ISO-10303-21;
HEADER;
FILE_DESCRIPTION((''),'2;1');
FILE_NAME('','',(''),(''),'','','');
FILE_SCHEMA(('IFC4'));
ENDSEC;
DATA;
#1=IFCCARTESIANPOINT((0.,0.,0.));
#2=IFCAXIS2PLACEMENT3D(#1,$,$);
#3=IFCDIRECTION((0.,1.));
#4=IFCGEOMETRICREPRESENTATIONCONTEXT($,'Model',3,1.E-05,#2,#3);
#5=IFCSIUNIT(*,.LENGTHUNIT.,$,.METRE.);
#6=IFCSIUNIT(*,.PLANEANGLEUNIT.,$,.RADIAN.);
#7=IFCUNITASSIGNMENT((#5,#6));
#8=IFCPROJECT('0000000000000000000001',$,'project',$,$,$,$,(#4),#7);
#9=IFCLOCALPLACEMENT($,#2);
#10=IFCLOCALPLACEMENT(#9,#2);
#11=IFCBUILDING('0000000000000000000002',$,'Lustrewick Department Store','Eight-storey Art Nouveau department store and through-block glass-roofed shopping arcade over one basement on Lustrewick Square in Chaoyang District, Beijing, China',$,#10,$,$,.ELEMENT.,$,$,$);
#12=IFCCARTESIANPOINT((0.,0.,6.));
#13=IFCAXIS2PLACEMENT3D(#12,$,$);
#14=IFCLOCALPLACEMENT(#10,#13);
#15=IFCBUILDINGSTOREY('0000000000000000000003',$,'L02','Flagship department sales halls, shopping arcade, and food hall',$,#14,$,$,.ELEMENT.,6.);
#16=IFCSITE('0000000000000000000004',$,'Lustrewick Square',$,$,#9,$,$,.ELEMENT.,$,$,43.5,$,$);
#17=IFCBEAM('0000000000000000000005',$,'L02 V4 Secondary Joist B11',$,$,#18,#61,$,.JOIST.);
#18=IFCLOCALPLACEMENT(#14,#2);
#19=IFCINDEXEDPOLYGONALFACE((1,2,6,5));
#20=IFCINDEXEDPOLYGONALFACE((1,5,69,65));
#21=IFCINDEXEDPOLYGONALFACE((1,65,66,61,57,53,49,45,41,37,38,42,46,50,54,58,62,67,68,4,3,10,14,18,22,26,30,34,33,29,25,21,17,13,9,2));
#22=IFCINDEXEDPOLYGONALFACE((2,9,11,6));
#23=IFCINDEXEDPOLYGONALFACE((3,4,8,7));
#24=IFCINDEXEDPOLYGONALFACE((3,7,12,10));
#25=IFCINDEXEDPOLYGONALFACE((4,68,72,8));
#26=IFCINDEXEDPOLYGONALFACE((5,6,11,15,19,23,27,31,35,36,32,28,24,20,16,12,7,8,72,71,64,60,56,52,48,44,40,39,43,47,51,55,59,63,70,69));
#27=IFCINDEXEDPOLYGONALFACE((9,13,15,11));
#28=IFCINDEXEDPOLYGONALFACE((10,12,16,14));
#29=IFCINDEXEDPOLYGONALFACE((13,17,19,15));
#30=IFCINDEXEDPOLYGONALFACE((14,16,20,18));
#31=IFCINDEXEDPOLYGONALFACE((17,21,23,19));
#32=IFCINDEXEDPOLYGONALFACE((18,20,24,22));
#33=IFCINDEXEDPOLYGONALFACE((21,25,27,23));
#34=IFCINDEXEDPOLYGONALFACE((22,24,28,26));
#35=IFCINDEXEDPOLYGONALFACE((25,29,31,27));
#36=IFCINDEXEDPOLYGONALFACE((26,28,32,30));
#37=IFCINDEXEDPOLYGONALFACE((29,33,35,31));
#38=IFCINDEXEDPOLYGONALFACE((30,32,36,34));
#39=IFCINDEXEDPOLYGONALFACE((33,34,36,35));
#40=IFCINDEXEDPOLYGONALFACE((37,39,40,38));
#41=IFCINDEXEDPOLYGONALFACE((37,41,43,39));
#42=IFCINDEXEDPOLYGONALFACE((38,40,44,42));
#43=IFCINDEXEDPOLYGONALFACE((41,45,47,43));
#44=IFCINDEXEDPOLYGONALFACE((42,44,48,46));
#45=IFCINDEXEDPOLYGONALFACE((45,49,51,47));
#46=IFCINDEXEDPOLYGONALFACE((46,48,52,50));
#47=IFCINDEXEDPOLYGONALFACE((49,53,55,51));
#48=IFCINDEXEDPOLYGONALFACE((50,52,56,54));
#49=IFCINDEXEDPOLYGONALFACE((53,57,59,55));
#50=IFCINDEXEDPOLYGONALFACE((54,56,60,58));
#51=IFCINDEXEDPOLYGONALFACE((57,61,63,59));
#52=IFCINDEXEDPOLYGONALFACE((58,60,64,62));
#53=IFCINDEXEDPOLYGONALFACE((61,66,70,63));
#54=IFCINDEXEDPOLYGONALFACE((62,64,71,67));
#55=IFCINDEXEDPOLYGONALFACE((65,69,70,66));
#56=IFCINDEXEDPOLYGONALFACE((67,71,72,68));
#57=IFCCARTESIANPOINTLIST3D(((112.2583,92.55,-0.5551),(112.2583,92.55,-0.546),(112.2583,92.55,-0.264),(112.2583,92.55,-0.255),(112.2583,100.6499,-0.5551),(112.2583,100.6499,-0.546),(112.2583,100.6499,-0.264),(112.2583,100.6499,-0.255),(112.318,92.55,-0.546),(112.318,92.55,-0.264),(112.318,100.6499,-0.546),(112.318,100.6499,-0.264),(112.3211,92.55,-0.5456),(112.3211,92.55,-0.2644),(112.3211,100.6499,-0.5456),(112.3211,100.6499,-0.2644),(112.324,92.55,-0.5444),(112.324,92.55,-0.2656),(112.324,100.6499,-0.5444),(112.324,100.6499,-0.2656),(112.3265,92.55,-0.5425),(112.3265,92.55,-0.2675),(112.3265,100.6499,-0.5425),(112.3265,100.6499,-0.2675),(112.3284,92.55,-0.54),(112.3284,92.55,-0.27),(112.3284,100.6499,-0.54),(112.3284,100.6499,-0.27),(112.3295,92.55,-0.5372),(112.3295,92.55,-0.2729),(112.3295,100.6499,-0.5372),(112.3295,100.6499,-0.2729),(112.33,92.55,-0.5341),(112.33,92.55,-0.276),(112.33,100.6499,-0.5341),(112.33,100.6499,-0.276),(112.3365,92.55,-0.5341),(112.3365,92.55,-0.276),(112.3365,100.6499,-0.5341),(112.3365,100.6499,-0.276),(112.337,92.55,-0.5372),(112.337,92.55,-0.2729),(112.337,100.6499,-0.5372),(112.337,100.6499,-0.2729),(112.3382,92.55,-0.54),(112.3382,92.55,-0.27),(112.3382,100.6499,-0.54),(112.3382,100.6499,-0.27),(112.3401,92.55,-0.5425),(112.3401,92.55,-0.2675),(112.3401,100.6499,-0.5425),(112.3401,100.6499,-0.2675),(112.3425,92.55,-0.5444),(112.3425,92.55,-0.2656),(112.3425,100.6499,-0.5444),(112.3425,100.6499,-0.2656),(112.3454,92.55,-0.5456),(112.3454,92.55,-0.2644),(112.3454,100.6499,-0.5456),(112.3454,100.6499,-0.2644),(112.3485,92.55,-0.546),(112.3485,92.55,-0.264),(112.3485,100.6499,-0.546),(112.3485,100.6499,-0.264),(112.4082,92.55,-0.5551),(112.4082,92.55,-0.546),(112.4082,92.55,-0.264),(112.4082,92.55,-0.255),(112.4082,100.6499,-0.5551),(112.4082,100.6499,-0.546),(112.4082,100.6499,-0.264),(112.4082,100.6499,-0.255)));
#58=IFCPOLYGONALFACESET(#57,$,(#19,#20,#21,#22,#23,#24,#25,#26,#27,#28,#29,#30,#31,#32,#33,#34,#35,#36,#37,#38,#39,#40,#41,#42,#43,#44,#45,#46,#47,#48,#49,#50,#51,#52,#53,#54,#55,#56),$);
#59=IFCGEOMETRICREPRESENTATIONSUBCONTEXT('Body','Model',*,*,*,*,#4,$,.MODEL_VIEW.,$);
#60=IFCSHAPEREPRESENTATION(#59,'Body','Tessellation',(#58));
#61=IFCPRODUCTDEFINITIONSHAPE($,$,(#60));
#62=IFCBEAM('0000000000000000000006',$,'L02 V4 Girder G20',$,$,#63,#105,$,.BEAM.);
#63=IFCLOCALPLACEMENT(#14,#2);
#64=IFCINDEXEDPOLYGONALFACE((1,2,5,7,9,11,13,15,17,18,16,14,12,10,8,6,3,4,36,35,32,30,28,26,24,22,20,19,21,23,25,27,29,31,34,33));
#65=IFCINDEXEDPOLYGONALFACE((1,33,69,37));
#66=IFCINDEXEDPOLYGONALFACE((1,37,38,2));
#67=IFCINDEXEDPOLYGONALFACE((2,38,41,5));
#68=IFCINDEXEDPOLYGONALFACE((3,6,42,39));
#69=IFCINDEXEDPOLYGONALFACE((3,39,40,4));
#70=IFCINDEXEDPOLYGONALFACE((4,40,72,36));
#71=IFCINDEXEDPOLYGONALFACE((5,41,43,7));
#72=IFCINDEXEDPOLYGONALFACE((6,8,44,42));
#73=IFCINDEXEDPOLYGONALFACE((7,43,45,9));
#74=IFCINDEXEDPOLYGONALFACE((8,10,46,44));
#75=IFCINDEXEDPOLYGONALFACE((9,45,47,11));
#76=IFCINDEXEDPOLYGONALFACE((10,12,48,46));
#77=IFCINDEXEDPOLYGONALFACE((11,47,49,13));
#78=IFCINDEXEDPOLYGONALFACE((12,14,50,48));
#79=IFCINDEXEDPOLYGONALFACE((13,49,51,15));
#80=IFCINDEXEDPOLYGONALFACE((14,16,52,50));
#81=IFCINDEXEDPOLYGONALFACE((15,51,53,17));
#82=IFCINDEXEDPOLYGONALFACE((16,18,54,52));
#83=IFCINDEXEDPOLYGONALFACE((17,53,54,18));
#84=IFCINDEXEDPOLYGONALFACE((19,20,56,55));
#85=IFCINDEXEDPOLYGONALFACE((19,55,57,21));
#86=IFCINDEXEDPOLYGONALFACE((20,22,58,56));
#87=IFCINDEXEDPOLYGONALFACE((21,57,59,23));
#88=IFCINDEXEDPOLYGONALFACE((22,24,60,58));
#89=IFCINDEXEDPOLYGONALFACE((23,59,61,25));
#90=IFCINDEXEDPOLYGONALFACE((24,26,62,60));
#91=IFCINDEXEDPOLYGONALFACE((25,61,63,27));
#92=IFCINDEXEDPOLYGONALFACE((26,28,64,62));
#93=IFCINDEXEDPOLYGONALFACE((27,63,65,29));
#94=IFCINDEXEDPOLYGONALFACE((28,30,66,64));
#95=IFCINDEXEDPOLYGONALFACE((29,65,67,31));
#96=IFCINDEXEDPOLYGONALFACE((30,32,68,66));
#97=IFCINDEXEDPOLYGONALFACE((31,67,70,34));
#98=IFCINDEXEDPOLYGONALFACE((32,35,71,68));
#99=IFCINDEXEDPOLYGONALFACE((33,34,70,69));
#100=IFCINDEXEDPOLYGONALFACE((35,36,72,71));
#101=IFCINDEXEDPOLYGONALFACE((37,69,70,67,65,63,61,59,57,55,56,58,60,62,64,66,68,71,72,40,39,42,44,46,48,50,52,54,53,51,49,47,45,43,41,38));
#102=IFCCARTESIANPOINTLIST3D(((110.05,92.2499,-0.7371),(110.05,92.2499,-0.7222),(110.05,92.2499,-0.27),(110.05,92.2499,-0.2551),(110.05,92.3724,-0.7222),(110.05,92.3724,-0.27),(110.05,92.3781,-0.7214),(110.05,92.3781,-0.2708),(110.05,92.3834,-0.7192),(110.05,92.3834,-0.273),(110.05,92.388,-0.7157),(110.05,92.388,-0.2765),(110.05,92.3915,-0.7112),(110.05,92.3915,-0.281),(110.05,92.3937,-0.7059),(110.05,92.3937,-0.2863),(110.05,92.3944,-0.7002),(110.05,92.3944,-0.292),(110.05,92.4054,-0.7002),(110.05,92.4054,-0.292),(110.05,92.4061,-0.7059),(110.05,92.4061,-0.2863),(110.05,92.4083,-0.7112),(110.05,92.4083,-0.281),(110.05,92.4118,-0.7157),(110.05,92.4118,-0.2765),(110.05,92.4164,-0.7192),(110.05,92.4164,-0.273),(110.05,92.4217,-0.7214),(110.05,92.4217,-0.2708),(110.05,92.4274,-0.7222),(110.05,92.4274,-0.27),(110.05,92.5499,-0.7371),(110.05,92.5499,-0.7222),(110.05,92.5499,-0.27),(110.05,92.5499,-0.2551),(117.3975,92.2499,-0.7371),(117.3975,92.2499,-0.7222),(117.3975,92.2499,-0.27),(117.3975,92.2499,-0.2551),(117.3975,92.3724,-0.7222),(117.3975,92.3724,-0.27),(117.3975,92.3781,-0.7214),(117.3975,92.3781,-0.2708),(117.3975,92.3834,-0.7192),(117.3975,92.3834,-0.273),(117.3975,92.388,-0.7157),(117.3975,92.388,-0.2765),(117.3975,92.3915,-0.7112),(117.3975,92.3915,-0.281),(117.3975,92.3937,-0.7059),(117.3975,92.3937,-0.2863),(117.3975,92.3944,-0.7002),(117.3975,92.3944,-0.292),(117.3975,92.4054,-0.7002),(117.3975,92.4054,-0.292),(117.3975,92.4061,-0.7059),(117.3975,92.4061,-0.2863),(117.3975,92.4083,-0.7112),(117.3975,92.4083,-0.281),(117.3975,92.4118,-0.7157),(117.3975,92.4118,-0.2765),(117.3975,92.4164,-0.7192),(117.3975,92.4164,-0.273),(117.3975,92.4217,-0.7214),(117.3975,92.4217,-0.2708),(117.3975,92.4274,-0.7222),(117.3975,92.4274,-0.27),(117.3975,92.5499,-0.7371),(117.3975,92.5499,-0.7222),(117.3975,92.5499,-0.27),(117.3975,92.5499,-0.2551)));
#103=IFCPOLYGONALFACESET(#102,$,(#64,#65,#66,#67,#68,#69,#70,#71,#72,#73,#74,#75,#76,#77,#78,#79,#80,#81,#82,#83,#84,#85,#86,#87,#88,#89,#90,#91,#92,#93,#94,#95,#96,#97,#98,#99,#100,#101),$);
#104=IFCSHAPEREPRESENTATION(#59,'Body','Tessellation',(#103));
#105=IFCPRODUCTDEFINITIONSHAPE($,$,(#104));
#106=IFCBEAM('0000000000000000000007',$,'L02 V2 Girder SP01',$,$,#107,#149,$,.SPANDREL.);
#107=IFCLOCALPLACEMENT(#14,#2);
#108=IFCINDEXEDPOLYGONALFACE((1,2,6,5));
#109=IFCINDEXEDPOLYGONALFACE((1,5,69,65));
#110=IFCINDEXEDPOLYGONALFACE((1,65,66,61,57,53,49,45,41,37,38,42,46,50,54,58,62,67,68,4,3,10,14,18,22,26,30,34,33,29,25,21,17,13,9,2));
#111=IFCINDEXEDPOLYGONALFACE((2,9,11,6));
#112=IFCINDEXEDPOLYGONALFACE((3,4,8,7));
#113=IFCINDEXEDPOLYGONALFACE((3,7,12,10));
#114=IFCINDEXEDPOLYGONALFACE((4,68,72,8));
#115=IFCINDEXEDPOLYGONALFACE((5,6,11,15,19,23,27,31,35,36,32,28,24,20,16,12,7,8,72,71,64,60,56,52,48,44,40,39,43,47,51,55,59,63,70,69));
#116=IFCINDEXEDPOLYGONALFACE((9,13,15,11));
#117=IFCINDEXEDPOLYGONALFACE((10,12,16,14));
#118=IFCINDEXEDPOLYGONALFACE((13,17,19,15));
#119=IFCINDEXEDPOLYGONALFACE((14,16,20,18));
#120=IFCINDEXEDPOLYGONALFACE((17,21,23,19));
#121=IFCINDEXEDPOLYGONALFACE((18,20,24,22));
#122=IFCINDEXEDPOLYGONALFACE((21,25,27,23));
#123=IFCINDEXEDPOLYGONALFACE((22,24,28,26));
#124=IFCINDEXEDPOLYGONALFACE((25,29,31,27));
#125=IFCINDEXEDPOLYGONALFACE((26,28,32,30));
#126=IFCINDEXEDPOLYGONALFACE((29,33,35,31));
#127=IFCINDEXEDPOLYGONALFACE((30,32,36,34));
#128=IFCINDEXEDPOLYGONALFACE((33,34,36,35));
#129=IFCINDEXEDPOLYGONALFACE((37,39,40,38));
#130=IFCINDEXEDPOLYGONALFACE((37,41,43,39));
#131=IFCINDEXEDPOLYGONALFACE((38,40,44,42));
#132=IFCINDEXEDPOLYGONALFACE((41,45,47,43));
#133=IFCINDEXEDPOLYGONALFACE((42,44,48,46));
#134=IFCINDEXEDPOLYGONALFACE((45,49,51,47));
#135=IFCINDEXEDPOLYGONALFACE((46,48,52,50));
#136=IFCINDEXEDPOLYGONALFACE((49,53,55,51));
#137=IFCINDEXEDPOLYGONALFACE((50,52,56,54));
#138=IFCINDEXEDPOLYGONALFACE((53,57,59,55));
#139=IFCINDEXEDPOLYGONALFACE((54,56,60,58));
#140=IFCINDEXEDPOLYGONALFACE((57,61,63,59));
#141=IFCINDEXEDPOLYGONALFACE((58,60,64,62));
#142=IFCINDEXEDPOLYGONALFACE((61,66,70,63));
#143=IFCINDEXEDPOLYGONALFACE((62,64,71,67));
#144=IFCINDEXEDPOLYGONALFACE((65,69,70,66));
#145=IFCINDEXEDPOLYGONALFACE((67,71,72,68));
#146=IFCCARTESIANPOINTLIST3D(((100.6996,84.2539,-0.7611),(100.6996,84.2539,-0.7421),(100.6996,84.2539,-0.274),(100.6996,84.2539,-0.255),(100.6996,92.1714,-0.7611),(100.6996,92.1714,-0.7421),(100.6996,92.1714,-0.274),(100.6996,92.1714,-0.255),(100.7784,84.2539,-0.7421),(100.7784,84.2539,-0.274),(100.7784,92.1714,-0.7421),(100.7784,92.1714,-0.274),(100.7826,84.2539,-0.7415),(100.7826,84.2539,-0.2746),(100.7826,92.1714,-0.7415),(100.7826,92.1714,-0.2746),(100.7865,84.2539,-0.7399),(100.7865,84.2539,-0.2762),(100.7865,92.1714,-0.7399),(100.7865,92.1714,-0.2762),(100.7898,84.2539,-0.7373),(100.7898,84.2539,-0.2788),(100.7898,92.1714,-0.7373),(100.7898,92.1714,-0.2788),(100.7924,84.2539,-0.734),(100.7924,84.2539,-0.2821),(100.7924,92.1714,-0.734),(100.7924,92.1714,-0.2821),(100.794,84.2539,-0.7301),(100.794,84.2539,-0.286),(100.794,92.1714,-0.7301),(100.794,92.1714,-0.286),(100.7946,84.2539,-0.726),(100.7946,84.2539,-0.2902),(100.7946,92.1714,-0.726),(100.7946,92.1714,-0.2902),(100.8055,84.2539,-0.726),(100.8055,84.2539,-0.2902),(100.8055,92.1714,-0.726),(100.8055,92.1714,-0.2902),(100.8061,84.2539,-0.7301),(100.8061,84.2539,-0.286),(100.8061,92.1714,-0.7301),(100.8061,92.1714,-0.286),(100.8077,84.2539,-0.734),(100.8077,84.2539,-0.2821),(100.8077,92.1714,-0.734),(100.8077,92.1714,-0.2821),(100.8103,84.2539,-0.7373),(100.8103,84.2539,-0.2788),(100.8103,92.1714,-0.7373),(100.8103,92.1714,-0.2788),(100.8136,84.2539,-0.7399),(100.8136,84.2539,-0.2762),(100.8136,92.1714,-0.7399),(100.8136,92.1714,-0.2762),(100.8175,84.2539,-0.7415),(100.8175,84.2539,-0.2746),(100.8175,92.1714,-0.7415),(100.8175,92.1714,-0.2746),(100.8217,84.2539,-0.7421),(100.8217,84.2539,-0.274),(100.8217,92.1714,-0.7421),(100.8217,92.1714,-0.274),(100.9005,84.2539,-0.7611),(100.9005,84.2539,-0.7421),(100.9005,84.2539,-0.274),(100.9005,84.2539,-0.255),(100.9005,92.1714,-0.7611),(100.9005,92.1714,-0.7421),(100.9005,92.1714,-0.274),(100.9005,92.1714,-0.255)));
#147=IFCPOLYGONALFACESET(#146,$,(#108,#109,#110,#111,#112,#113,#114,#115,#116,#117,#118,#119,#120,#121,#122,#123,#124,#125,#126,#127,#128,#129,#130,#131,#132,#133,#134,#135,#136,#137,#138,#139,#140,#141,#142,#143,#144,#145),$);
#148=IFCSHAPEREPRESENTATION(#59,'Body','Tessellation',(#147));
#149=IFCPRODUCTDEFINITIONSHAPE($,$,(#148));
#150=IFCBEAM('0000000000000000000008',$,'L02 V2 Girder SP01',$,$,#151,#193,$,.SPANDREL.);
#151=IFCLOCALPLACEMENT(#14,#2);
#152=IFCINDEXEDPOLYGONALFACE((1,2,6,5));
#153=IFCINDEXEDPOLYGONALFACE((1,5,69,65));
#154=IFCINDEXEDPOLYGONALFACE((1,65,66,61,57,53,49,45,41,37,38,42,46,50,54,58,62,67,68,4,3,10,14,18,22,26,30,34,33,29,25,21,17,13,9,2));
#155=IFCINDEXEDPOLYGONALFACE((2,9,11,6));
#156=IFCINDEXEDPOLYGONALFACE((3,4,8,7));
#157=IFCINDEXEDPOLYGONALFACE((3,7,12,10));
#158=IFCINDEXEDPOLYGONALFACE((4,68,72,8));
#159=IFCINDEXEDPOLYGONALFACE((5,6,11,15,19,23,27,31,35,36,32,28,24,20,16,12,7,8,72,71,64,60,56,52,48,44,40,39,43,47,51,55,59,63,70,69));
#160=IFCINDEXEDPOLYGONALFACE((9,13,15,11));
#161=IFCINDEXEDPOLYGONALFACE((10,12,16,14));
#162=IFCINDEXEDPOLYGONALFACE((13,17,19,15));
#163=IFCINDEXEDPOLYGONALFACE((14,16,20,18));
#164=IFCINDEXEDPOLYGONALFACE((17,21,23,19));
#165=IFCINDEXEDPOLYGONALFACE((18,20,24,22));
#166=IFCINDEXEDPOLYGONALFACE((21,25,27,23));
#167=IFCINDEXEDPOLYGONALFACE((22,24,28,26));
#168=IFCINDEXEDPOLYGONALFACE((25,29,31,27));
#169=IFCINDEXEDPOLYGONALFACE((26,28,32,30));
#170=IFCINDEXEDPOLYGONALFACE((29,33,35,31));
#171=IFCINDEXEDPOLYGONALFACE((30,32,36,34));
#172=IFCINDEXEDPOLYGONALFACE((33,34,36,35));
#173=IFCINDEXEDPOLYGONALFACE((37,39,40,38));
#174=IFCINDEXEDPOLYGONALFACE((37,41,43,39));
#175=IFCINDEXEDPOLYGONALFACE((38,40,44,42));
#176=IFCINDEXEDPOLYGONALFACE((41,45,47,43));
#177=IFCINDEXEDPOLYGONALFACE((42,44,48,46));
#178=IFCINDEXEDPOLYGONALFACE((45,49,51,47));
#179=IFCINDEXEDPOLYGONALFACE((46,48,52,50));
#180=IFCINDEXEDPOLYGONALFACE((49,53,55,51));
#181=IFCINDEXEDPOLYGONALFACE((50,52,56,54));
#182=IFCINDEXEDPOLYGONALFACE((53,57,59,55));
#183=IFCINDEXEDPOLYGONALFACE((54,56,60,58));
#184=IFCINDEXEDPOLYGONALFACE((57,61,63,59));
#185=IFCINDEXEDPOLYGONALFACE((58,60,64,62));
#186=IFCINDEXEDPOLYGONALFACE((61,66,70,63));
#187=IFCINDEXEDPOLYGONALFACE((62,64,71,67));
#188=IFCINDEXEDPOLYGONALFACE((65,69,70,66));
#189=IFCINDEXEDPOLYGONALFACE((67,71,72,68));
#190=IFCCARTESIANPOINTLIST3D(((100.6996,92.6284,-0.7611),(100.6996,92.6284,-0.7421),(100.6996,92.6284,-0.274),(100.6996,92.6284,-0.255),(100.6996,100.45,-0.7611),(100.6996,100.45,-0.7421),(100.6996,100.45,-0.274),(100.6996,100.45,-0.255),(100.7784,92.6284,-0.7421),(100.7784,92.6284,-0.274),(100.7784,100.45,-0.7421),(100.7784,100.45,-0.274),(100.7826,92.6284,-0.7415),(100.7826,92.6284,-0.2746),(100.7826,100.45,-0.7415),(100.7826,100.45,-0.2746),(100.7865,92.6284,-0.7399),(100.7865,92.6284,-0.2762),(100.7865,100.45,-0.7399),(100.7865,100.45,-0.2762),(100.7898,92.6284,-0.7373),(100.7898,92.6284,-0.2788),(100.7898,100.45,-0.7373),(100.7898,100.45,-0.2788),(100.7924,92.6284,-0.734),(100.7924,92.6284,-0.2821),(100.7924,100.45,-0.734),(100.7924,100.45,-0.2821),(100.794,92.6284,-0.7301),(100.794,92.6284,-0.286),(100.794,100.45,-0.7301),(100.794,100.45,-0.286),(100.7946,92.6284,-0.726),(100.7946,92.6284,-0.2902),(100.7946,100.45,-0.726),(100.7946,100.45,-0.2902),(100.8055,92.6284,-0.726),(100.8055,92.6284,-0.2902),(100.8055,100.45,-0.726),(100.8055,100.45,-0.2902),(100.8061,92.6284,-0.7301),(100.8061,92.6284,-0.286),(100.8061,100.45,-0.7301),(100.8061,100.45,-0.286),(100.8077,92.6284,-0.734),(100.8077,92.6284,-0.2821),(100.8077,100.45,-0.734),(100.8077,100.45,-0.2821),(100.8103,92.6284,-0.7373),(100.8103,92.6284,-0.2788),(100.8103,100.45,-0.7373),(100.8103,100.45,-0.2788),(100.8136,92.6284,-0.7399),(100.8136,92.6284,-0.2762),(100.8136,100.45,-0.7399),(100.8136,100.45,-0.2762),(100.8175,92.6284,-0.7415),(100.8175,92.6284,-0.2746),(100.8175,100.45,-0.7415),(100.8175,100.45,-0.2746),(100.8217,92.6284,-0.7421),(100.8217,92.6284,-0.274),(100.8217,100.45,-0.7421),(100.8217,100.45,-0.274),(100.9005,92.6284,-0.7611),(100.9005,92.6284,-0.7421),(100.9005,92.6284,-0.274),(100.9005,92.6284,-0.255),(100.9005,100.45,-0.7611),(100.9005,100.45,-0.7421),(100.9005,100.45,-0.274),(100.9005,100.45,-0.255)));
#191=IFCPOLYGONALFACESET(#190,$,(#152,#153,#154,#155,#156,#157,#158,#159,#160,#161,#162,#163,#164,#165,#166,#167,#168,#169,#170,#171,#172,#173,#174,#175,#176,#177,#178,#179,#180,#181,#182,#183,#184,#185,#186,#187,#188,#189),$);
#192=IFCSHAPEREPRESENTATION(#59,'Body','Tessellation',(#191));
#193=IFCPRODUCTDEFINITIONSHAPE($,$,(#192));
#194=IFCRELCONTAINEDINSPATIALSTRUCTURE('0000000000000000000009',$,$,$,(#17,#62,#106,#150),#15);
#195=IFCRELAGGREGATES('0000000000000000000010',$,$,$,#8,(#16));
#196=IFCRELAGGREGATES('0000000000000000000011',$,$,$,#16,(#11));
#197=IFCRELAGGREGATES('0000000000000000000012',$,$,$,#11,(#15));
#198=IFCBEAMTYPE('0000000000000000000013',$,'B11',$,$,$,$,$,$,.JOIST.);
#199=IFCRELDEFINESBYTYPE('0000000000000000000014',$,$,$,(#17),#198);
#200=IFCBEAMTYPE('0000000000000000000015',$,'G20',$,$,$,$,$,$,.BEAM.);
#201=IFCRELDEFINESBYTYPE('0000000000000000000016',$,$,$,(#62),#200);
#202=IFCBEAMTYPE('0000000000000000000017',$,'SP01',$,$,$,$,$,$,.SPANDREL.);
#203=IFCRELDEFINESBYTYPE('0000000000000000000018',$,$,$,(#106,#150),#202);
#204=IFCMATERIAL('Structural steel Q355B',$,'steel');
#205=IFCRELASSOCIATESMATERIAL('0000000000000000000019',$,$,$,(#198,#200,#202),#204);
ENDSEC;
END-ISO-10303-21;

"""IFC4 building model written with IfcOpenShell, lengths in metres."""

from ifc_helpers import new_model, si_unit, direction, frame, origin, origin_2d, place, context, subcontext, project, spatial, i_section, extrude, material, material_profile, profile_set, type_object, element, save


model = new_model("IFC4")

# Units and contexts
model_context = context("Model", 3, precision=1e-05, world=origin(), true_north=direction((0.0, 1.0)))
body_context = subcontext(model_context, "Body", "Model", "MODEL_VIEW")
ifc_project = project(units=[si_unit("LENGTHUNIT", "METRE"), si_unit("PLANEANGLEUNIT", "RADIAN")], contexts=[model_context])

# Site, building, storey
site_placement = place(None, origin())
site = spatial("IfcSite", under=ifc_project, at=site_placement, Name="Lustrewick Square", CompositionType="ELEMENT", RefElevation=43.5)
building_placement = place(site_placement, origin())
building = spatial("IfcBuilding", under=site, at=building_placement, Name="Lustrewick Department Store", Description="Eight-storey Art Nouveau department store and through-block glass-roofed shopping arcade over one basement on Lustrewick Square in Chaoyang District, Beijing, China", CompositionType="ELEMENT")
storey_placement = place(building_placement, frame((0.0, 0.0, 6.0)))
storey = spatial("IfcBuildingStorey", under=building, at=storey_placement, Name="L02", Description="Flagship department sales halls, shopping arcade, and food hall", CompositionType="ELEMENT", Elevation=6.0)

# Shared definitions
ifc_material_1 = material(Name="Structural steel Q355B", Category="steel")

# Beams
ifc_material_profile_1 = material_profile(ifc_material_1, i_section(OverallWidth=0.1499, OverallDepth=0.3, WebThickness=0.0066, FlangeThickness=0.009, FilletRadius=0.012, at=origin_2d()), Name="HN 300x150x6.5x9")
ifc_profile_set_1 = profile_set([ifc_material_profile_1], Name="Structural steel Q355B")
beam_type_1 = type_object("IfcBeamType", Name="B11", PredefinedType="JOIST", material=ifc_profile_set_1)
beam_1_placement = place(storey_placement, frame((112.3333, 92.55, -0.405), z_axis=(0.0, 1.0, 0.0), x_axis=(-1.0, 0.0, 0.0)))
element("IfcBeam", 1, at=beam_1_placement, inside=storey, type_object=beam_type_1, Name="L02 V4 Secondary Joist B11", PredefinedType="JOIST", context=body_context, shape_type="SweptSolid", body=[
    extrude(i_section(OverallWidth=0.1499, OverallDepth=0.3, WebThickness=0.0066, FlangeThickness=0.009, FilletRadius=0.012, at=origin_2d()), origin(), (0.0, 0.0, 1.0), 8.0999),
])
ifc_material_profile_2 = material_profile(ifc_material_1, i_section(OverallWidth=0.3, OverallDepth=0.4819, WebThickness=0.011, FlangeThickness=0.0149, FilletRadius=0.022, at=origin_2d()), Name="HM 482x300x11x15")
ifc_profile_set_2 = profile_set([ifc_material_profile_2], Name="Structural steel Q355B")
beam_type_2 = type_object("IfcBeamType", Name="G20", PredefinedType="BEAM", material=ifc_profile_set_2)
beam_2_placement = place(storey_placement, frame((110.05, 92.3999, -0.4961), z_axis=(1.0, 0.0, 0.0), x_axis=(0.0, 1.0, 0.0)))
element("IfcBeam", 2, at=beam_2_placement, inside=storey, type_object=beam_type_2, Name="L02 V4 Girder G20", PredefinedType="BEAM", context=body_context, shape_type="SweptSolid", body=[
    extrude(i_section(OverallWidth=0.3, OverallDepth=0.4819, WebThickness=0.011, FlangeThickness=0.0149, FilletRadius=0.022, at=origin_2d()), origin(), (0.0, 0.0, 1.0), 7.3474),
])
ifc_material_profile_3 = material_profile(ifc_material_1, i_section(OverallWidth=0.2009, OverallDepth=0.5061, WebThickness=0.011, FlangeThickness=0.019, FilletRadius=0.0161, at=origin_2d()), Name="HN 506x201x11x19")
ifc_profile_set_3 = profile_set([ifc_material_profile_3], Name="Structural steel Q355B")
beam_type_3 = type_object("IfcBeamType", Name="SP01", PredefinedType="SPANDREL", material=ifc_profile_set_3)
beam_3_placement = place(storey_placement, frame((100.8, 84.2539, -0.5081), z_axis=(0.0, 1.0, 0.0), x_axis=(-1.0, 0.0, 0.0)))
element("IfcBeam", 3, at=beam_3_placement, inside=storey, type_object=beam_type_3, Name="L02 V2 Girder SP01", PredefinedType="SPANDREL", context=body_context, shape_type="SweptSolid", body=[
    extrude(i_section(OverallWidth=0.2009, OverallDepth=0.5061, WebThickness=0.011, FlangeThickness=0.019, FilletRadius=0.0161, at=origin_2d()), origin(), (0.0, 0.0, 1.0), 7.9175),
])
for number, where, z_axis, x_axis, name in (
    (4, (100.8, 92.6284, -0.5081), (0.0, 1.0, 0.0), (-1.0, 0.0, 0.0), "L02 V2 Girder SP01"),
):
    element("IfcBeam", number, at=place(storey_placement, frame(where, z_axis=z_axis, x_axis=x_axis)), inside=storey, type_object=beam_type_3, Name=name, PredefinedType="SPANDREL", context=body_context, shape_type="SweptSolid", body=[
        extrude(i_section(OverallWidth=0.2009, OverallDepth=0.5061, WebThickness=0.011, FlangeThickness=0.019, FilletRadius=0.0161, at=origin_2d()), origin(), (0.0, 0.0, 1.0), 7.8215),
    ])

save(model, "model.ifc")
